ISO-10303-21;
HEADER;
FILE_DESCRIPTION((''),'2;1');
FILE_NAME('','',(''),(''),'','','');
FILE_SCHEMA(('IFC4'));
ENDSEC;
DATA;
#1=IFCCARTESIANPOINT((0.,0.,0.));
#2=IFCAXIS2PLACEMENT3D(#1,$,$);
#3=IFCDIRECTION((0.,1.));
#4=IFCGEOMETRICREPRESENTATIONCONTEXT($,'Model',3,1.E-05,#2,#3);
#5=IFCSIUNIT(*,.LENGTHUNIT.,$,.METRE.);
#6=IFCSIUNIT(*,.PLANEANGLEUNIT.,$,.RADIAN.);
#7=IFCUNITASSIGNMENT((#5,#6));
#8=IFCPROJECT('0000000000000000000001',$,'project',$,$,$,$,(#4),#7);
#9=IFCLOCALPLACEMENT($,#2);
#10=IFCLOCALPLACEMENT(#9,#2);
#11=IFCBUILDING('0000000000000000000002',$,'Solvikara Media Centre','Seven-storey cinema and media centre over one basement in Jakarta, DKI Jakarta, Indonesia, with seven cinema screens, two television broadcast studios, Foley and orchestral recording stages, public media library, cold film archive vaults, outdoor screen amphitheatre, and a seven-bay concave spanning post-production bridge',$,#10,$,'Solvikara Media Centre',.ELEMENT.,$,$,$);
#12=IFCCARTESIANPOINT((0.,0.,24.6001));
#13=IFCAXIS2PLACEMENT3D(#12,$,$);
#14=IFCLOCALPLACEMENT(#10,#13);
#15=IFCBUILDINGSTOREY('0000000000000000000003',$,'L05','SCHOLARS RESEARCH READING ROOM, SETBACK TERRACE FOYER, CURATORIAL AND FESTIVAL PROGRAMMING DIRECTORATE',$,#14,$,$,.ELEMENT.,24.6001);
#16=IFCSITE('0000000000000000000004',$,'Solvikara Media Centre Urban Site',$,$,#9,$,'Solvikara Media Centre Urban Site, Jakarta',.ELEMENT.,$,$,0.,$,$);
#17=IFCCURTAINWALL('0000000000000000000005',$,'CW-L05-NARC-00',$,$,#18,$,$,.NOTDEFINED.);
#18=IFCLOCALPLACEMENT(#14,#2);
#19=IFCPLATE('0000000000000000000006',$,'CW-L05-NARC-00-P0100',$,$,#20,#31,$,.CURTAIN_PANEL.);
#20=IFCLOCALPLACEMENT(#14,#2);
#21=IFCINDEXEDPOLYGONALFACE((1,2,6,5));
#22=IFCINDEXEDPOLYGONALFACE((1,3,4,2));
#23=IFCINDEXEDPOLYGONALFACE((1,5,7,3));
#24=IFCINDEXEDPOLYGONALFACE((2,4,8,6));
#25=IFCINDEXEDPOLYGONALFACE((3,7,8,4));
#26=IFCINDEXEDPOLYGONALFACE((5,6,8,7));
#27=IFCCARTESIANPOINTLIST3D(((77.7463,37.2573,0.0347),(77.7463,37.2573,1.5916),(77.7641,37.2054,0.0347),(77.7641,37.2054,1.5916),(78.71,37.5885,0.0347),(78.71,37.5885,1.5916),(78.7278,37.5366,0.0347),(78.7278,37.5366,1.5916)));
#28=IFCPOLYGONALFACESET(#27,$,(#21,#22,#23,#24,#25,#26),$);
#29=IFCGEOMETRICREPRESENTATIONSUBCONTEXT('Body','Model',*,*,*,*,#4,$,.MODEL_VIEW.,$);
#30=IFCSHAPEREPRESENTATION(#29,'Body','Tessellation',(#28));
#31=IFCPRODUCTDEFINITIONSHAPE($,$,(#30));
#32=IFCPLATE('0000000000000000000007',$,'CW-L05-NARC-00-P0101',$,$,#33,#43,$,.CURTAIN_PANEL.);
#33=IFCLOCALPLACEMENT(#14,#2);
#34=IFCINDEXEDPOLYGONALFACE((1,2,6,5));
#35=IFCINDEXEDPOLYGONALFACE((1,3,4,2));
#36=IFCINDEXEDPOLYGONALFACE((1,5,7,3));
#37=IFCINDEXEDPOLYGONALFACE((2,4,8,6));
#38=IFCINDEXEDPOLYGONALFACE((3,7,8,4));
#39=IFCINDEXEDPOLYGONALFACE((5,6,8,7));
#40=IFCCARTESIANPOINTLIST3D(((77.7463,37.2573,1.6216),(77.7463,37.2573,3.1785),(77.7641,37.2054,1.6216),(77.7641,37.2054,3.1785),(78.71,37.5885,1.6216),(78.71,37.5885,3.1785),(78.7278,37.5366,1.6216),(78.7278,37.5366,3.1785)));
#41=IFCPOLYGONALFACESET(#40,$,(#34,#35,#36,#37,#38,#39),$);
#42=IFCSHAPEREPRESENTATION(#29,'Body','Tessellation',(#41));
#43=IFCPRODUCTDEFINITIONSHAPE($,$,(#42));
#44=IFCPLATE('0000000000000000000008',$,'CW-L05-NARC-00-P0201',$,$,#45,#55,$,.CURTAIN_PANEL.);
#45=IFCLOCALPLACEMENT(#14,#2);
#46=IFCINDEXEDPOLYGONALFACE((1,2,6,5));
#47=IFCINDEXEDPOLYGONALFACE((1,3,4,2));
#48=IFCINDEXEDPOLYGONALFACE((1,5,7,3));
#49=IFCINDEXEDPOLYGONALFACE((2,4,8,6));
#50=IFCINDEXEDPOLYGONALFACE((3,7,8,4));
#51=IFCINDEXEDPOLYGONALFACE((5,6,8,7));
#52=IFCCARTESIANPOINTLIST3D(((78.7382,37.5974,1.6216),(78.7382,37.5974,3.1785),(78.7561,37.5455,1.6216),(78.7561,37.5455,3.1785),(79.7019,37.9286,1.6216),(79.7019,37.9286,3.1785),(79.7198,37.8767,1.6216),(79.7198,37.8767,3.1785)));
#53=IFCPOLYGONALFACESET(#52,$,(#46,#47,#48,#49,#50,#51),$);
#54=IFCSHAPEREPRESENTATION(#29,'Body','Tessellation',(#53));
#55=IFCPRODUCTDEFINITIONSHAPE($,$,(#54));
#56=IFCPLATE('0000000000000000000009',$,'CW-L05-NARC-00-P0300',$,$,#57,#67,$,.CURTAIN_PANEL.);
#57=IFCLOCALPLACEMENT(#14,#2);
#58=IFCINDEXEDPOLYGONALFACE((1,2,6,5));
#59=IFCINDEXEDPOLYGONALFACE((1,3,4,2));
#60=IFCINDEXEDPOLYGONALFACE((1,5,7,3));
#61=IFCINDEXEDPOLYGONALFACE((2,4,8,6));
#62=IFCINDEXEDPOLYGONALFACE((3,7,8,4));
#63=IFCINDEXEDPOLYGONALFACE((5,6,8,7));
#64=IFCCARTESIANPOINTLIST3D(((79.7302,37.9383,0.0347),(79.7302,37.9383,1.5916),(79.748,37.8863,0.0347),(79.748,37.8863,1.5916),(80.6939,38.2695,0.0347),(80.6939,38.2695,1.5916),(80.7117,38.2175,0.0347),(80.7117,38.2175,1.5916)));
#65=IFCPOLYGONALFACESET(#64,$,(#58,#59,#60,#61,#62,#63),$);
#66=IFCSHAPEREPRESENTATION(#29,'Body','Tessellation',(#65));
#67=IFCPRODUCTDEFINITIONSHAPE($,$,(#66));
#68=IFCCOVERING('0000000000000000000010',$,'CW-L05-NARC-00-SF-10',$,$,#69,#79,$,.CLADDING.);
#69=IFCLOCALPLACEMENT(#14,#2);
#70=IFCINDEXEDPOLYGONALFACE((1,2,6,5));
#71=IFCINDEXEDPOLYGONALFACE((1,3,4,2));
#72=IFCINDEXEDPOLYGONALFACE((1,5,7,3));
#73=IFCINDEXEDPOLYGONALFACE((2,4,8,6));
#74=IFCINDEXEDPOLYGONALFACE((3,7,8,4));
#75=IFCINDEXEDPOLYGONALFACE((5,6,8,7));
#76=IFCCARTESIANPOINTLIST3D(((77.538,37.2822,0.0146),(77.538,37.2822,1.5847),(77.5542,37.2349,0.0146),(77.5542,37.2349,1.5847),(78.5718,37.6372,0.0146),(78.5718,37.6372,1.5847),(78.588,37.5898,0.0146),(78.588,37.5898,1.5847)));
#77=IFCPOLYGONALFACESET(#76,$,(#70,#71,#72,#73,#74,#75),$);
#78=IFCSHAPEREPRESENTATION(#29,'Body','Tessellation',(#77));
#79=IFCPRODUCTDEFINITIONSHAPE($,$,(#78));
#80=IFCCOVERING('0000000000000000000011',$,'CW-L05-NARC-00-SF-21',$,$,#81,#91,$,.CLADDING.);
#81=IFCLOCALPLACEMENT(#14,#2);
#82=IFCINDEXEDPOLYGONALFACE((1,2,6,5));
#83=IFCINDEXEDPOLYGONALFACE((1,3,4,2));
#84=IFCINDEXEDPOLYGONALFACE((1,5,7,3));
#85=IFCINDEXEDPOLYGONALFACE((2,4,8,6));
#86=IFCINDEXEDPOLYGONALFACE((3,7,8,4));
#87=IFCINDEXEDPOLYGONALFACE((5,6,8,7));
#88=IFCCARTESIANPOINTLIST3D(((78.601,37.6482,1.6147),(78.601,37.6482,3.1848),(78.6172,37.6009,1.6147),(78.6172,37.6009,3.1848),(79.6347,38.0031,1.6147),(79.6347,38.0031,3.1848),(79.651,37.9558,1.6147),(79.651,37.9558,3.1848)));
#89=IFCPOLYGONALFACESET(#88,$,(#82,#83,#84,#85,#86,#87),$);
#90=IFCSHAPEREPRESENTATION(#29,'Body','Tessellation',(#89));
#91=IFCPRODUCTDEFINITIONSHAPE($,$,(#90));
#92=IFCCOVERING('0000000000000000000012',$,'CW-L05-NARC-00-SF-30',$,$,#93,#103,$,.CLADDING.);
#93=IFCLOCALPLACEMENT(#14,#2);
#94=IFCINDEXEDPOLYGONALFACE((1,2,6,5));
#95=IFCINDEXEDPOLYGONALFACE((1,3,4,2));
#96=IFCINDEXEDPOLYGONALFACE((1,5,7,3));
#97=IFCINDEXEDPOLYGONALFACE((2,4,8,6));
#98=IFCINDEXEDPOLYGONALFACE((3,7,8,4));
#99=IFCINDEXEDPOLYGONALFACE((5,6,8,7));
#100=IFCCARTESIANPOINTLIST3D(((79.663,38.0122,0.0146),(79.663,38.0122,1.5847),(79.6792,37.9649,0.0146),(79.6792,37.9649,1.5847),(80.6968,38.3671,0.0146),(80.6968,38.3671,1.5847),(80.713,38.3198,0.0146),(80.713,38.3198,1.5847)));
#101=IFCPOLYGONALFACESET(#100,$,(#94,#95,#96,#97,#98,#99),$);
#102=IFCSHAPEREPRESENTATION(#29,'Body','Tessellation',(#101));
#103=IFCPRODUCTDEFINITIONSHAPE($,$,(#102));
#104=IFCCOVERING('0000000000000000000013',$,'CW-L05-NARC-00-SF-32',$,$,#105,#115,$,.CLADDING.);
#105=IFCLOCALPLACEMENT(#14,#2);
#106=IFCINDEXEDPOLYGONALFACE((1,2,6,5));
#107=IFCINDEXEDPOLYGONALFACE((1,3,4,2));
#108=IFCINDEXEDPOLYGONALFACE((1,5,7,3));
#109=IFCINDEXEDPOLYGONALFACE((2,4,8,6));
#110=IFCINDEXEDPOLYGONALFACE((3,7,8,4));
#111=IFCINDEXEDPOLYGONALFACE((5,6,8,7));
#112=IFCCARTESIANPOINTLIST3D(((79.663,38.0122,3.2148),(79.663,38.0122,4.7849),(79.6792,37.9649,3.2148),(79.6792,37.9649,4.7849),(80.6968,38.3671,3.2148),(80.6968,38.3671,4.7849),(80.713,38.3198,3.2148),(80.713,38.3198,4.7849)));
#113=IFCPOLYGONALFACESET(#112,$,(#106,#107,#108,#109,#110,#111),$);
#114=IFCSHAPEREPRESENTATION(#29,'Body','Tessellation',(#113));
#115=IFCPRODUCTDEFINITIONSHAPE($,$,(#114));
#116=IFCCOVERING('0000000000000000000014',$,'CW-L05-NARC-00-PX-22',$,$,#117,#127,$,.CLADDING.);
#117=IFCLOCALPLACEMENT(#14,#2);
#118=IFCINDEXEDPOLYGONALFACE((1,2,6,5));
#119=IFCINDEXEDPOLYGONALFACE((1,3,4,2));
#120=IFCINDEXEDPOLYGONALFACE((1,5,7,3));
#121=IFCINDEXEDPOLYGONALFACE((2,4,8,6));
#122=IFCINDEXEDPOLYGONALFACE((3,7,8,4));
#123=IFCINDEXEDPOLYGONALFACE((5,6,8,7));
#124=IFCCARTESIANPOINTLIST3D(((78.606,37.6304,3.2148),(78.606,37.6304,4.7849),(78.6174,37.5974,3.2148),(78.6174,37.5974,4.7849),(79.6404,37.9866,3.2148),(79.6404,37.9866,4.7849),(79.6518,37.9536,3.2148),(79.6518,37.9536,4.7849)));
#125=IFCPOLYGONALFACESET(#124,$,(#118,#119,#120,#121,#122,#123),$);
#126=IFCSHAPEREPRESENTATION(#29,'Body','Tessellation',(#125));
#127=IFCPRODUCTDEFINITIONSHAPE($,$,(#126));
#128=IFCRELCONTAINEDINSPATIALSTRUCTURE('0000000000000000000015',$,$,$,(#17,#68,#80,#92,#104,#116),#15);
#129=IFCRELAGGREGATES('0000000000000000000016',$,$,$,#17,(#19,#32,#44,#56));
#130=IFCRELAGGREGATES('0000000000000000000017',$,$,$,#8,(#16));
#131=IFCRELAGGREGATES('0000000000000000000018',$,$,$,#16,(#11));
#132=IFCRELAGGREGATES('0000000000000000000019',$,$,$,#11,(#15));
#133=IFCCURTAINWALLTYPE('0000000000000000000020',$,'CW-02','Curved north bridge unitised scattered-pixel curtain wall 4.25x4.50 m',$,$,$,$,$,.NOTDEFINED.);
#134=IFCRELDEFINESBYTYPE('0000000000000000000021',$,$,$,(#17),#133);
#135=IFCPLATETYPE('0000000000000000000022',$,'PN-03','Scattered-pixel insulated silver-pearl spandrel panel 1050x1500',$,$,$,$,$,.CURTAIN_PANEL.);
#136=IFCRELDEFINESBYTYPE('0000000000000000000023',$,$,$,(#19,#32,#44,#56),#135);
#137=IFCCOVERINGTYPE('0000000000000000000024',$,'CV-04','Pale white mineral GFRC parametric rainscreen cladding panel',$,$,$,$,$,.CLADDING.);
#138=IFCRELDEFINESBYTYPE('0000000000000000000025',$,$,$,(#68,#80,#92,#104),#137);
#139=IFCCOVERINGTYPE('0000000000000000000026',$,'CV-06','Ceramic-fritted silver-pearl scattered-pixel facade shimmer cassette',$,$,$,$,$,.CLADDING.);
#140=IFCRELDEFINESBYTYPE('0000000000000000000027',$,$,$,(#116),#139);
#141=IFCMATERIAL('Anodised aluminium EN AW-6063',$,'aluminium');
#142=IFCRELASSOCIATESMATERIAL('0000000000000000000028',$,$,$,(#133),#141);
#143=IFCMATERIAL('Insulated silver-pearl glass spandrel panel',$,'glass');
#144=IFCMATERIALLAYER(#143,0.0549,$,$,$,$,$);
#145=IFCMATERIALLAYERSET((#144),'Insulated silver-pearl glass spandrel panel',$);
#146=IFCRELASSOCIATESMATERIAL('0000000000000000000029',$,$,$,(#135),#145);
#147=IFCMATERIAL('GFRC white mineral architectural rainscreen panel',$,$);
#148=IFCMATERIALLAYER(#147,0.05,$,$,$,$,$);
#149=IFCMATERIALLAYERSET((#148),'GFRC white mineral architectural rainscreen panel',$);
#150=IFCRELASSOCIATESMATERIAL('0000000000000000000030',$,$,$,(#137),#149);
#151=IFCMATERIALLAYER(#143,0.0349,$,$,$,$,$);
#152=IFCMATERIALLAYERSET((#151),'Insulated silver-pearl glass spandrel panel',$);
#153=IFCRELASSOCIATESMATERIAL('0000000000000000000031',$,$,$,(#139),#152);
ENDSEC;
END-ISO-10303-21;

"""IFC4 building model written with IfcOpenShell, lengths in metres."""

from ifc_helpers import new_model, si_unit, direction, frame, origin, origin_2d, place, context, subcontext, project, spatial, rectangle, extrude, material, layer, layer_set, type_object, element, aggregate, save


model = new_model("IFC4")

# Units and contexts
model_context = context("Model", 3, precision=1e-05, world=origin(), true_north=direction((0.0, 1.0)))
body_context = subcontext(model_context, "Body", "Model", "MODEL_VIEW")
ifc_project = project(units=[si_unit("LENGTHUNIT", "METRE"), si_unit("PLANEANGLEUNIT", "RADIAN")], contexts=[model_context])

# Site, building, storey
site_placement = place(None, origin())
site = spatial("IfcSite", under=ifc_project, at=site_placement, Name="Solvikara Media Centre Urban Site", LongName="Solvikara Media Centre Urban Site, Jakarta", CompositionType="ELEMENT", RefElevation=0.0)
building_placement = place(site_placement, origin())
building = spatial("IfcBuilding", under=site, at=building_placement, Name="Solvikara Media Centre", Description="Seven-storey cinema and media centre over one basement in Jakarta, DKI Jakarta, Indonesia, with seven cinema screens, two television broadcast studios, Foley and orchestral recording stages, public media library, cold film archive vaults, outdoor screen amphitheatre, and a seven-bay concave spanning post-production bridge", LongName="Solvikara Media Centre", CompositionType="ELEMENT")
storey_placement = place(building_placement, frame((0.0, 0.0, 24.6001)))
storey = spatial("IfcBuildingStorey", under=building, at=storey_placement, Name="L05", Description="SCHOLARS RESEARCH READING ROOM, SETBACK TERRACE FOYER, CURATORIAL AND FESTIVAL PROGRAMMING DIRECTORATE", CompositionType="ELEMENT", Elevation=24.6001)

# Curtain wall, plates
ifc_material_1 = material(Name="Anodised aluminium EN AW-6063", Category="aluminium")
curtain_wall_type = type_object("IfcCurtainWallType", Name="CW-02", Description="Curved north bridge unitised scattered-pixel curtain wall 4.25x4.50 m", PredefinedType="NOTDEFINED", material=ifc_material_1)
curtain_wall_placement = place(storey_placement, origin())
curtain_wall = element("IfcCurtainWall", 1, at=curtain_wall_placement, inside=storey, type_object=curtain_wall_type, Name="CW-L05-NARC-00", PredefinedType="NOTDEFINED")
ifc_material_2 = material(Name="Insulated silver-pearl glass spandrel panel", Category="glass")
ifc_layer_1 = layer(ifc_material_2, 0.0549)
ifc_layer_set_1 = layer_set([ifc_layer_1], Name="Insulated silver-pearl glass spandrel panel")
plate_type_1 = type_object("IfcPlateType", Name="PN-03", Description="Scattered-pixel insulated silver-pearl spandrel panel 1050x1500", PredefinedType="CURTAIN_PANEL", material=ifc_layer_set_1)
plate_1_placement = place(storey_placement, frame((78.2371, 37.397, 0.0347), z_axis=(0.0, 0.0, 1.0), x_axis=(0.945712, 0.325007, 0.0)))
plate_1 = element("IfcPlate", 2, at=plate_1_placement, type_object=plate_type_1, Name="CW-L05-NARC-00-P0100", PredefinedType="CURTAIN_PANEL", context=body_context, shape_type="SweptSolid", body=[
    extrude(rectangle(XDim=1.019, YDim=0.0549, at=origin_2d()), origin(), (0.0, 0.0, 1.0), 1.5569),
])
plate_2_placement = place(storey_placement, frame((78.2371, 37.397, 1.6216), z_axis=(0.0, 0.0, 1.0), x_axis=(0.945712, 0.325007, 0.0)))
plate_2 = element("IfcPlate", 3, at=plate_2_placement, type_object=plate_type_1, Name="CW-L05-NARC-00-P0101", PredefinedType="CURTAIN_PANEL", context=body_context, shape_type="SweptSolid", body=[
    extrude(rectangle(XDim=1.019, YDim=0.0549, at=origin_2d()), origin(), (0.0, 0.0, 1.0), 1.5569),
])
plate_3_placement = place(storey_placement, frame((79.229, 37.7371, 1.6216), z_axis=(0.0, 0.0, 1.0), x_axis=(0.945712, 0.325007, 0.0)))
plate_3 = element("IfcPlate", 4, at=plate_3_placement, type_object=plate_type_1, Name="CW-L05-NARC-00-P0201", PredefinedType="CURTAIN_PANEL", context=body_context, shape_type="SweptSolid", body=[
    extrude(rectangle(XDim=1.019, YDim=0.0549, at=origin_2d()), origin(), (0.0, 0.0, 1.0), 1.5569),
])
plate_4_placement = place(storey_placement, frame((80.2209, 38.0779, 0.0347), z_axis=(0.0, 0.0, 1.0), x_axis=(0.945712, 0.325007, 0.0)))
plate_4 = element("IfcPlate", 5, at=plate_4_placement, type_object=plate_type_1, Name="CW-L05-NARC-00-P0300", PredefinedType="CURTAIN_PANEL", context=body_context, shape_type="SweptSolid", body=[
    extrude(rectangle(XDim=1.019, YDim=0.0549, at=origin_2d()), origin(), (0.0, 0.0, 1.0), 1.5569),
])
aggregate(curtain_wall, [plate_1, plate_2, plate_3, plate_4])

# Coverings
ifc_material_3 = material(Name="GFRC white mineral architectural rainscreen panel")
ifc_layer_2 = layer(ifc_material_3, 0.05)
ifc_layer_set_2 = layer_set([ifc_layer_2], Name="GFRC white mineral architectural rainscreen panel")
covering_type_1 = type_object("IfcCoveringType", Name="CV-04", Description="Pale white mineral GFRC parametric rainscreen cladding panel", PredefinedType="CLADDING", material=ifc_layer_set_2)
for number, where, z_axis, x_axis, name in (
    (6, (78.063, 37.436, 0.0146), (0.0, 0.0, 1.0), (0.945808, 0.324726, 0.0), "CW-L05-NARC-00-SF-10"),
    (7, (79.126, 37.802, 1.6147), (0.0, 0.0, 1.0), (0.945808, 0.324726, 0.0), "CW-L05-NARC-00-SF-21"),
    (8, (80.188, 38.166, 0.0146), (0.0, 0.0, 1.0), (0.945808, 0.324726, 0.0), "CW-L05-NARC-00-SF-30"),
    (9, (80.188, 38.166, 3.2148), (0.0, 0.0, 1.0), (0.945808, 0.324726, 0.0), "CW-L05-NARC-00-SF-32"),
):
    element("IfcCovering", number, at=place(storey_placement, frame(where, z_axis=z_axis, x_axis=x_axis)), inside=storey, type_object=covering_type_1, Name=name, PredefinedType="CLADDING", context=body_context, shape_type="SweptSolid", body=[
        extrude(rectangle(XDim=1.093, YDim=0.05, at=origin_2d()), origin(), (0.0, 0.0, 1.0), 1.5701),
    ])
ifc_layer_3 = layer(ifc_material_2, 0.0349)
ifc_layer_set_3 = layer_set([ifc_layer_3], Name="Insulated silver-pearl glass spandrel panel")
covering_type_2 = type_object("IfcCoveringType", Name="CV-06", Description="Ceramic-fritted silver-pearl scattered-pixel facade shimmer cassette", PredefinedType="CLADDING", material=ifc_layer_set_3)
covering_placement = place(storey_placement, frame((79.1289, 37.792, 3.2148), z_axis=(0.0, 0.0, 1.0), x_axis=(0.94553, 0.325535, 0.0)))
element("IfcCovering", 10, at=covering_placement, inside=storey, type_object=covering_type_2, Name="CW-L05-NARC-00-PX-22", PredefinedType="CLADDING", context=body_context, shape_type="SweptSolid", body=[
    extrude(rectangle(XDim=1.094, YDim=0.0349, at=origin_2d()), origin(), (0.0, 0.0, 1.0), 1.5701),
])

save(model, "model.ifc")
